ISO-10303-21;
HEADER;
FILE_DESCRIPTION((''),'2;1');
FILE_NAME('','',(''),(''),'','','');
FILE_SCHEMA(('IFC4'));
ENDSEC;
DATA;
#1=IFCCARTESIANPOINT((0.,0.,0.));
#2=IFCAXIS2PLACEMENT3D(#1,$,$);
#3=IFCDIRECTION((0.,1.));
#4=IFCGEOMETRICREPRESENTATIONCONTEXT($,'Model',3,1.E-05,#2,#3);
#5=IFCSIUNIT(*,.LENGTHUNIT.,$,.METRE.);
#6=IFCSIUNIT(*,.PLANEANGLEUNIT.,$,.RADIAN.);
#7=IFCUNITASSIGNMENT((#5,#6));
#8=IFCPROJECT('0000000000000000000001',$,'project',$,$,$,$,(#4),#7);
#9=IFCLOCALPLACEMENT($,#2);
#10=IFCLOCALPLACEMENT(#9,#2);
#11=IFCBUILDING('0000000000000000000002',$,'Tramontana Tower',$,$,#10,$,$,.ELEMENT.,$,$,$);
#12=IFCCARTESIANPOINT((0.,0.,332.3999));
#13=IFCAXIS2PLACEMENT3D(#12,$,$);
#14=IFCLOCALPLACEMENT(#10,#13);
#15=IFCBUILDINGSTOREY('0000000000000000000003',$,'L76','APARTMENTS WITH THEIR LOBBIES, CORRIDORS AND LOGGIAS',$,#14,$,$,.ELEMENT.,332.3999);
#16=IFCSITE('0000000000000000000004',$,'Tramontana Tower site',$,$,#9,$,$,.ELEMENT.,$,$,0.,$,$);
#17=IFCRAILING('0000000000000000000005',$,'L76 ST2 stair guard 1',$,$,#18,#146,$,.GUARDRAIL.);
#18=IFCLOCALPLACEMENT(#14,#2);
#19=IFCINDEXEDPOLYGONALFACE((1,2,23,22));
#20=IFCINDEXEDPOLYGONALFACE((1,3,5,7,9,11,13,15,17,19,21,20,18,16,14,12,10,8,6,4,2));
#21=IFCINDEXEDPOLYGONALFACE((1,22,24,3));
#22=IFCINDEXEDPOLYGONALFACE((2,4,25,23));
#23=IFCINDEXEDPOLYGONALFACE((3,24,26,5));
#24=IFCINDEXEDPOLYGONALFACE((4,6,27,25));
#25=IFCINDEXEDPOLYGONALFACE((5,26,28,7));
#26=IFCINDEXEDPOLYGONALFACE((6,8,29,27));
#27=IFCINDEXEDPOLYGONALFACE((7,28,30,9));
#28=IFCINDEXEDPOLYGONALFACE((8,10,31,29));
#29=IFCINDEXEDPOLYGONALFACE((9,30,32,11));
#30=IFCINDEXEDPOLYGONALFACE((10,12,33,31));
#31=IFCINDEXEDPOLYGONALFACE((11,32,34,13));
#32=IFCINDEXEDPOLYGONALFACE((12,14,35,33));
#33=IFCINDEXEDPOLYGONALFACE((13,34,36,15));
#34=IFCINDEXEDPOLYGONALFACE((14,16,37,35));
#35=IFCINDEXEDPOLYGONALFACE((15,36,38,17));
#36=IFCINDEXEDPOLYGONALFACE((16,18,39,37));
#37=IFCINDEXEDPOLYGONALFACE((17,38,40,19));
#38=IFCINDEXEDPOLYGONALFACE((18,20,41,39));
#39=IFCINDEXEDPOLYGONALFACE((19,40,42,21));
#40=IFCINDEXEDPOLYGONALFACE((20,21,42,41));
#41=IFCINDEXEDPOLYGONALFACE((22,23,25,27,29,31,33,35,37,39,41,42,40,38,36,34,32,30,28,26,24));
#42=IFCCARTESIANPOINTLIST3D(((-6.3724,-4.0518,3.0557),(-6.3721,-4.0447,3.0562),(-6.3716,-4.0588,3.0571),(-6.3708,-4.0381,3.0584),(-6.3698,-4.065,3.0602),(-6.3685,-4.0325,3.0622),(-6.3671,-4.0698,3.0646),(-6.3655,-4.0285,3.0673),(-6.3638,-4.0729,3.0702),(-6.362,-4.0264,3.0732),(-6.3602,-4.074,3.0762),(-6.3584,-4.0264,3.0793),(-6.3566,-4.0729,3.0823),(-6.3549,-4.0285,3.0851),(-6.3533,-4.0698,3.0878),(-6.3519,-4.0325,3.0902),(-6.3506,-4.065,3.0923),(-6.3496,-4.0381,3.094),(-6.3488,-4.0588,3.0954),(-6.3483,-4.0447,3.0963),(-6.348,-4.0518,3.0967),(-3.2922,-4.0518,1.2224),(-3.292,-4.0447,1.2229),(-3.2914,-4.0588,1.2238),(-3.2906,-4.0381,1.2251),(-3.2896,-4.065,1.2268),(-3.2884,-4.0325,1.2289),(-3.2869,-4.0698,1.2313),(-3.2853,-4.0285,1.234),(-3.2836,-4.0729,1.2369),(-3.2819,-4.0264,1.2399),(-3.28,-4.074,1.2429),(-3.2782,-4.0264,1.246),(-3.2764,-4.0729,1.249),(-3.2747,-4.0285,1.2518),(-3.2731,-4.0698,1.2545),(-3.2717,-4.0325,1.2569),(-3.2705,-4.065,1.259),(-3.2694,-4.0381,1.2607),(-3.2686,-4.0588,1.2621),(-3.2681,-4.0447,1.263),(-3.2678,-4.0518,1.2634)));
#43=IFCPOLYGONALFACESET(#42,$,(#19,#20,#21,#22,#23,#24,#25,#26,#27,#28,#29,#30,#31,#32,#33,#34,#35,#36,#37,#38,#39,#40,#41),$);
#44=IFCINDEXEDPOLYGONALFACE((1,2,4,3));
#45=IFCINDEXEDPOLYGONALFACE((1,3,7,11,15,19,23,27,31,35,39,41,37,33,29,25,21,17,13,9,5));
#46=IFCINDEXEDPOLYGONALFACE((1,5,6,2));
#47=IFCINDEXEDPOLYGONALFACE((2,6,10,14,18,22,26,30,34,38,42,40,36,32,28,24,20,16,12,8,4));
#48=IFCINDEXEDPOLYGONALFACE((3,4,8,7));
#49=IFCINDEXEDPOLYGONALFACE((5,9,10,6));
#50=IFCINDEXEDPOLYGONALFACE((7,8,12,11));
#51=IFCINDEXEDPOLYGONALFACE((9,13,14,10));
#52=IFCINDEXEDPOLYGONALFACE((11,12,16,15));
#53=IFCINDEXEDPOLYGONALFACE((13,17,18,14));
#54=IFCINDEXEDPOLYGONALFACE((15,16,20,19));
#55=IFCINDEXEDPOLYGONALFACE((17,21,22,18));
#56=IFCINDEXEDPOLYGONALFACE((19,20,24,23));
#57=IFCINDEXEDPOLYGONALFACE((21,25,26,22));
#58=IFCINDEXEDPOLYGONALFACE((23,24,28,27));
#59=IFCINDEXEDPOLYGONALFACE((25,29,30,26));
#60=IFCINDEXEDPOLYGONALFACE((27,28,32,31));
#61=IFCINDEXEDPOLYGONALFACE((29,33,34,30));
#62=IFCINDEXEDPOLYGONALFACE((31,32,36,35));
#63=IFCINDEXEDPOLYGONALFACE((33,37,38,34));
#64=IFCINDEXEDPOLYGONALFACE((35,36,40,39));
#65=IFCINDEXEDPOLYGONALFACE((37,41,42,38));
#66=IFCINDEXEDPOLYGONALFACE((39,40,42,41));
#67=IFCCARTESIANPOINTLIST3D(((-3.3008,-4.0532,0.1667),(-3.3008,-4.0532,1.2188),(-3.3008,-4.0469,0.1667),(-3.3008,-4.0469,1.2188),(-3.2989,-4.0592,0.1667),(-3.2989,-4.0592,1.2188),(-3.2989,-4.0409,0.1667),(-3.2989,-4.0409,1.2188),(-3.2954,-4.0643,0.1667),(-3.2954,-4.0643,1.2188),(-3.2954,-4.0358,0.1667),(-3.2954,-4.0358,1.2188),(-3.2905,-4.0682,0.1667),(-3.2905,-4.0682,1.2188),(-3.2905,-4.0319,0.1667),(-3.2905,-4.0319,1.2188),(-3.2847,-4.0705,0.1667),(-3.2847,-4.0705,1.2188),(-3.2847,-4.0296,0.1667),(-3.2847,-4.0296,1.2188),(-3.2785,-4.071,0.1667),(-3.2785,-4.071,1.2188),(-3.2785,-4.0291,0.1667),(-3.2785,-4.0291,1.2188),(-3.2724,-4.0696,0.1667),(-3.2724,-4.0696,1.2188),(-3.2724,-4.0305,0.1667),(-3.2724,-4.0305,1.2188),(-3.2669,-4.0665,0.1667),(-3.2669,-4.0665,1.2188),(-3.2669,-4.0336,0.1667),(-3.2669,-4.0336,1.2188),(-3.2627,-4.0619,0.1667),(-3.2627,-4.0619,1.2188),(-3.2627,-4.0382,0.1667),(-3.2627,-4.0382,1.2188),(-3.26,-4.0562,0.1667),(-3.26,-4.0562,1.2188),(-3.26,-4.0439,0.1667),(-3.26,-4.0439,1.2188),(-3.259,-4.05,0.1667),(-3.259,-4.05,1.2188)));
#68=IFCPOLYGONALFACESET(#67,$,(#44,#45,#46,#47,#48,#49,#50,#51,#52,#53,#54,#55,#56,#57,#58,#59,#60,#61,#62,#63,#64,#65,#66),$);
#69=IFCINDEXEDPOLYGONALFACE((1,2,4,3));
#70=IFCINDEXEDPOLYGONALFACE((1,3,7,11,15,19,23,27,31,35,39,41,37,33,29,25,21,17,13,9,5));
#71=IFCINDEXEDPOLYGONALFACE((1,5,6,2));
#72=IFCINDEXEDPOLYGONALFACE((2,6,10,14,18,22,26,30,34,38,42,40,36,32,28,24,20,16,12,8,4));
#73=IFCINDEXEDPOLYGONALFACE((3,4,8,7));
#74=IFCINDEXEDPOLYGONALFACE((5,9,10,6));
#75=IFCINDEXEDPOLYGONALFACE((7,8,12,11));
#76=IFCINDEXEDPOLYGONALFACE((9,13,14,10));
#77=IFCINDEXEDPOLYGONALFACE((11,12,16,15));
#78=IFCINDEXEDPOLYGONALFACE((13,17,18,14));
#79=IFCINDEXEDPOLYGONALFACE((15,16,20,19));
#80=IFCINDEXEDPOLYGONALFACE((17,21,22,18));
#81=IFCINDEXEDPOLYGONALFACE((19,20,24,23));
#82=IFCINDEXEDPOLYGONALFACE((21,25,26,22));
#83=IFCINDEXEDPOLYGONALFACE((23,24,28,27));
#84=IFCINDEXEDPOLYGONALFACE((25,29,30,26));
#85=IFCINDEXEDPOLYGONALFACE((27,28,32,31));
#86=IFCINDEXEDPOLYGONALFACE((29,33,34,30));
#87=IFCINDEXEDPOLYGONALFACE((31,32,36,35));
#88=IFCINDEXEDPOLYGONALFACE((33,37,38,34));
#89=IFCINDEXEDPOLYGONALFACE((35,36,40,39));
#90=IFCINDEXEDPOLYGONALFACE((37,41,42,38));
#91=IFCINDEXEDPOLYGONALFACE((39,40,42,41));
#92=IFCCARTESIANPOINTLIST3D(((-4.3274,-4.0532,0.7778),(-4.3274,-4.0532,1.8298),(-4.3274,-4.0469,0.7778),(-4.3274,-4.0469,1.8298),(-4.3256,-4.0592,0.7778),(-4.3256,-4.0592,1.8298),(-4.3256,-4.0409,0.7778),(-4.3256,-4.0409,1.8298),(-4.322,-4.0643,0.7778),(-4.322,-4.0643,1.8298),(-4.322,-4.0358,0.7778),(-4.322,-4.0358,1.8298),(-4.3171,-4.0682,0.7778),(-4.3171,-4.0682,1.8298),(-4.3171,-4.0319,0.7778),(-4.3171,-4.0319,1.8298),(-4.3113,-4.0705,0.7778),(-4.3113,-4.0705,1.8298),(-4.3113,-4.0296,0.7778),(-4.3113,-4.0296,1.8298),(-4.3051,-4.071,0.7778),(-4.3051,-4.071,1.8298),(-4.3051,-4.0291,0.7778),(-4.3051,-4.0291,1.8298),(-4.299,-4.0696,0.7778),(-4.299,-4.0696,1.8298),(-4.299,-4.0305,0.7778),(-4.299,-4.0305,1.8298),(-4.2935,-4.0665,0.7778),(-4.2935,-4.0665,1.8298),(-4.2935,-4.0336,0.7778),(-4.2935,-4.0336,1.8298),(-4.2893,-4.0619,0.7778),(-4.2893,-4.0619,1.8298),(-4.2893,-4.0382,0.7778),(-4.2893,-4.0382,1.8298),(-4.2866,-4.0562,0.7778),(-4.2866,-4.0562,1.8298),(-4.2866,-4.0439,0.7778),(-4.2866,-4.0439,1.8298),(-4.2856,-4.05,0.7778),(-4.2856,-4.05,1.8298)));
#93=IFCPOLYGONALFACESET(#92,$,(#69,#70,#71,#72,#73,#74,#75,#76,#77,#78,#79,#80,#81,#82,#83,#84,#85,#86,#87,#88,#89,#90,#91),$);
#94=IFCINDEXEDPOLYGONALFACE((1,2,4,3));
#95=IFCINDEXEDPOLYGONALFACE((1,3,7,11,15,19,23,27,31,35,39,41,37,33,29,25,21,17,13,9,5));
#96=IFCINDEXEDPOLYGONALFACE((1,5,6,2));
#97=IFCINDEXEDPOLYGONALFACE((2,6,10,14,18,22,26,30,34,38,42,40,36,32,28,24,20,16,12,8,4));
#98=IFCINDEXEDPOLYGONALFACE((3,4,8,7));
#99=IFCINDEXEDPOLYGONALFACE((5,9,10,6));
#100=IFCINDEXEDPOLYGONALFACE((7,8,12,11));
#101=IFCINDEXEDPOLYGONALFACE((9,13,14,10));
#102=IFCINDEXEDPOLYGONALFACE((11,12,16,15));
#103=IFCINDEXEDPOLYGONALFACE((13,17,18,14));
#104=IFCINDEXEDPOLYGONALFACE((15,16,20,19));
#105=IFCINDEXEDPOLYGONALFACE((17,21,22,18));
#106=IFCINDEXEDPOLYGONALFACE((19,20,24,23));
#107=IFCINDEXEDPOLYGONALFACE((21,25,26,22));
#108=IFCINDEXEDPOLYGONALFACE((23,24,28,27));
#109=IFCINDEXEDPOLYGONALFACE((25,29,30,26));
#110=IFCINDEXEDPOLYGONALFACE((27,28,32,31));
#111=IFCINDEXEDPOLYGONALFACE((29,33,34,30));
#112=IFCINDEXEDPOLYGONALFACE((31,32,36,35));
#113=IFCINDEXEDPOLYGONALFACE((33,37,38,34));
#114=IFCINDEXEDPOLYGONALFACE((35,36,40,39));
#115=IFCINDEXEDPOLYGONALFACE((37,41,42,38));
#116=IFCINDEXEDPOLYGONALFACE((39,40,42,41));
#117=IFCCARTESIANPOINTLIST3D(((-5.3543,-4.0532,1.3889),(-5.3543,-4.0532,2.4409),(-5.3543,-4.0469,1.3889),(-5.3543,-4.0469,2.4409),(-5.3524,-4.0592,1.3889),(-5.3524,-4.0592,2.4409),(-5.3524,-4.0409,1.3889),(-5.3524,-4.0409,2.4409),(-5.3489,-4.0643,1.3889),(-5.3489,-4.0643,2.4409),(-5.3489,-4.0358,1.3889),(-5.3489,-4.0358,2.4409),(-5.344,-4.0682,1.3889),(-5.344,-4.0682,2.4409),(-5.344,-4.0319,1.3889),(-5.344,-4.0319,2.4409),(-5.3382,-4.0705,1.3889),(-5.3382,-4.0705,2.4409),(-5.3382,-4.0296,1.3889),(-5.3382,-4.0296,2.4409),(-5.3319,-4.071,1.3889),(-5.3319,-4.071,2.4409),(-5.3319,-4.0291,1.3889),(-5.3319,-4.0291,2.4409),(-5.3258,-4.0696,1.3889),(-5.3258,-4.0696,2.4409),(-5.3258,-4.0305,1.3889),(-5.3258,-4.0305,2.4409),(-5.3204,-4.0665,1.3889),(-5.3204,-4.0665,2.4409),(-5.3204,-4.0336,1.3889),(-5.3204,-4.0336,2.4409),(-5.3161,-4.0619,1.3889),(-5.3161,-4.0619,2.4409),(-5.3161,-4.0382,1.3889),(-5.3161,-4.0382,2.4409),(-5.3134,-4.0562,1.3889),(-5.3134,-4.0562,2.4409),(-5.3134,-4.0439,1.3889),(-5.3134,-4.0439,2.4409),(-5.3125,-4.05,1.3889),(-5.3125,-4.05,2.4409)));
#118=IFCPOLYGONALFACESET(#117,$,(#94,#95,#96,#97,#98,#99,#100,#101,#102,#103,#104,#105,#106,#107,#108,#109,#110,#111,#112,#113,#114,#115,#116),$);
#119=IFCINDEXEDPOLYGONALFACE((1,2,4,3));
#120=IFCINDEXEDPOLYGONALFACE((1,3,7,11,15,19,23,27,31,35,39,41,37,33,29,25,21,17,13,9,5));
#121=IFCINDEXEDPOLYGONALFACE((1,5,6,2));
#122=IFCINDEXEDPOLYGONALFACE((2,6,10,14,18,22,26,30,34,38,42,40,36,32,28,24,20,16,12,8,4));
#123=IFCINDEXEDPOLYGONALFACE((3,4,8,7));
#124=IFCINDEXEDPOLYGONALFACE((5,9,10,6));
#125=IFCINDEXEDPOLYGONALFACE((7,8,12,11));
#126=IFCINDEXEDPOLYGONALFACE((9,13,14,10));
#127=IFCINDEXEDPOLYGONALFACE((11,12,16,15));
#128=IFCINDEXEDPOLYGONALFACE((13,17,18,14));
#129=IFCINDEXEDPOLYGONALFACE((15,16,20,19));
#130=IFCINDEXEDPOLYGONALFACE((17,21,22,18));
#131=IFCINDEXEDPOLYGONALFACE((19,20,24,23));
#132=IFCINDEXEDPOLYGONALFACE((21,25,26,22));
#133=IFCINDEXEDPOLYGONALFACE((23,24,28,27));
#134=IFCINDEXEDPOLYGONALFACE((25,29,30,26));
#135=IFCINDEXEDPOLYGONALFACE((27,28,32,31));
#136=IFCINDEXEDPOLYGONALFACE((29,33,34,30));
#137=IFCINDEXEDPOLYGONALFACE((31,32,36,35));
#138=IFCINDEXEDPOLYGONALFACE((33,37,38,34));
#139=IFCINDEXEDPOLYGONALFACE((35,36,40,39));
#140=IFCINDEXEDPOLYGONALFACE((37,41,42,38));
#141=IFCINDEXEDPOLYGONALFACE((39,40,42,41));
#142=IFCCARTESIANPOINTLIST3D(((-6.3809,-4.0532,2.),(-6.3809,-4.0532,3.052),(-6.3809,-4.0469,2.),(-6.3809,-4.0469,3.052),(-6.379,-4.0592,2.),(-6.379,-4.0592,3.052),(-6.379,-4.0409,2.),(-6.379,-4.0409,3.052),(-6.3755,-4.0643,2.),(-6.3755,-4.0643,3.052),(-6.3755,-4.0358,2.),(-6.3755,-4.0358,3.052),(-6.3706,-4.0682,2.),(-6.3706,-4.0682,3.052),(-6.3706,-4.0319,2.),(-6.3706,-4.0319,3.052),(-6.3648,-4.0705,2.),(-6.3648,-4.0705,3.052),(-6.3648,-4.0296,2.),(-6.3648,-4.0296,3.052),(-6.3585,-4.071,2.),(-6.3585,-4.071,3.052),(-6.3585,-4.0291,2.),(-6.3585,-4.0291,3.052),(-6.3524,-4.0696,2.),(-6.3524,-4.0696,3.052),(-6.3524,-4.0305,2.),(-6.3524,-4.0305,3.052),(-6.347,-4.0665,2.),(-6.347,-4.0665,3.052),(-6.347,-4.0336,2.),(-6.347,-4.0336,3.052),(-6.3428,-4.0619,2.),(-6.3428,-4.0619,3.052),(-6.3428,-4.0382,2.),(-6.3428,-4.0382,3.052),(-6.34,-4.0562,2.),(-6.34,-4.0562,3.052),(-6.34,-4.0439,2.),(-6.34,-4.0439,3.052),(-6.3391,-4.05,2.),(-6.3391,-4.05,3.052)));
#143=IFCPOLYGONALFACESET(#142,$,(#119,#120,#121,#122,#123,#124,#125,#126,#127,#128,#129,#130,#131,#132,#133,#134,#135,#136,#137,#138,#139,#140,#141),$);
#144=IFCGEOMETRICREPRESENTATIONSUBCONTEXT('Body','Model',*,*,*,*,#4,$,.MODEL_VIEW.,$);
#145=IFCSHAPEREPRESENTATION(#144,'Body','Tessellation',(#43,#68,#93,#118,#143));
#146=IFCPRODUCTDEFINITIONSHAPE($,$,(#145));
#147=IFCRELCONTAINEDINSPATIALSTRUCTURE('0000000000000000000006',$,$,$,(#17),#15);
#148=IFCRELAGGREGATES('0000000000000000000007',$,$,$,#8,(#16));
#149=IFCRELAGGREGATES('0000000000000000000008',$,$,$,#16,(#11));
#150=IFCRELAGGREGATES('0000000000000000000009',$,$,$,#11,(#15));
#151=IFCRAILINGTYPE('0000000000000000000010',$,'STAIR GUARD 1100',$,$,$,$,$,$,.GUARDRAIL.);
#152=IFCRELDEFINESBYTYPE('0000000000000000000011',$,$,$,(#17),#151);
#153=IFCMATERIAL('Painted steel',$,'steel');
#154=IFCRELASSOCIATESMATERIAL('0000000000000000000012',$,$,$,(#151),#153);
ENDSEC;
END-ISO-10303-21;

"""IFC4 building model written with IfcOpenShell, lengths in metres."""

from ifc_helpers import new_model, si_unit, direction, frame, origin, origin_2d, place, context, subcontext, project, spatial, circle, extrude, material, type_object, element, save


model = new_model("IFC4")

# Units and contexts
model_context = context("Model", 3, precision=1e-05, world=origin(), true_north=direction((0.0, 1.0)))
body_context = subcontext(model_context, "Body", "Model", "MODEL_VIEW")
ifc_project = project(units=[si_unit("LENGTHUNIT", "METRE"), si_unit("PLANEANGLEUNIT", "RADIAN")], contexts=[model_context])

# Site, building, storey
site_placement = place(None, origin())
site = spatial("IfcSite", under=ifc_project, at=site_placement, Name="Tramontana Tower site", CompositionType="ELEMENT", RefElevation=0.0)
building_placement = place(site_placement, origin())
building = spatial("IfcBuilding", under=site, at=building_placement, Name="Tramontana Tower", CompositionType="ELEMENT")
storey_placement = place(building_placement, frame((0.0, 0.0, 332.3999)))
storey = spatial("IfcBuildingStorey", under=building, at=storey_placement, Name="L76", Description="APARTMENTS WITH THEIR LOBBIES, CORRIDORS AND LOGGIAS", CompositionType="ELEMENT", Elevation=332.3999)

# Railing
ifc_material_1 = material(Name="Painted steel", Category="steel")
railing_type_1 = type_object("IfcRailingType", Name="STAIR GUARD 1100", PredefinedType="GUARDRAIL", material=ifc_material_1)
railing_1_placement = place(storey_placement, frame((-3.28, -4.05, 0.1667)))
element("IfcRailing", 1, at=railing_1_placement, inside=storey, type_object=railing_type_1, Name="L76 ST2 stair guard 1", PredefinedType="GUARDRAIL", context=body_context, shape_type="SweptSolid", body=[
    extrude(circle(Radius=0.0239, at=origin_2d()), frame((0.0, 0.0, 1.0762), z_axis=(-0.859309, 0.0, 0.511458), x_axis=(0.0, -1.0, 0.0)), (0.0, 0.0, 1.0), 3.5845),
    extrude(circle(Radius=0.021, at=origin_2d()), origin(), (0.0, 0.0, 1.0), 1.052),
    extrude(circle(Radius=0.021, at=origin_2d()), frame((-1.0266, 0.0, 0.6111)), (0.0, 0.0, 1.0), 1.052),
    extrude(circle(Radius=0.021, at=origin_2d()), frame((-2.0535, 0.0, 1.2222)), (0.0, 0.0, 1.0), 1.052),
    extrude(circle(Radius=0.021, at=origin_2d()), frame((-3.0801, 0.0, 1.8333)), (0.0, 0.0, 1.0), 1.052),
])

save(model, "model.ifc")
